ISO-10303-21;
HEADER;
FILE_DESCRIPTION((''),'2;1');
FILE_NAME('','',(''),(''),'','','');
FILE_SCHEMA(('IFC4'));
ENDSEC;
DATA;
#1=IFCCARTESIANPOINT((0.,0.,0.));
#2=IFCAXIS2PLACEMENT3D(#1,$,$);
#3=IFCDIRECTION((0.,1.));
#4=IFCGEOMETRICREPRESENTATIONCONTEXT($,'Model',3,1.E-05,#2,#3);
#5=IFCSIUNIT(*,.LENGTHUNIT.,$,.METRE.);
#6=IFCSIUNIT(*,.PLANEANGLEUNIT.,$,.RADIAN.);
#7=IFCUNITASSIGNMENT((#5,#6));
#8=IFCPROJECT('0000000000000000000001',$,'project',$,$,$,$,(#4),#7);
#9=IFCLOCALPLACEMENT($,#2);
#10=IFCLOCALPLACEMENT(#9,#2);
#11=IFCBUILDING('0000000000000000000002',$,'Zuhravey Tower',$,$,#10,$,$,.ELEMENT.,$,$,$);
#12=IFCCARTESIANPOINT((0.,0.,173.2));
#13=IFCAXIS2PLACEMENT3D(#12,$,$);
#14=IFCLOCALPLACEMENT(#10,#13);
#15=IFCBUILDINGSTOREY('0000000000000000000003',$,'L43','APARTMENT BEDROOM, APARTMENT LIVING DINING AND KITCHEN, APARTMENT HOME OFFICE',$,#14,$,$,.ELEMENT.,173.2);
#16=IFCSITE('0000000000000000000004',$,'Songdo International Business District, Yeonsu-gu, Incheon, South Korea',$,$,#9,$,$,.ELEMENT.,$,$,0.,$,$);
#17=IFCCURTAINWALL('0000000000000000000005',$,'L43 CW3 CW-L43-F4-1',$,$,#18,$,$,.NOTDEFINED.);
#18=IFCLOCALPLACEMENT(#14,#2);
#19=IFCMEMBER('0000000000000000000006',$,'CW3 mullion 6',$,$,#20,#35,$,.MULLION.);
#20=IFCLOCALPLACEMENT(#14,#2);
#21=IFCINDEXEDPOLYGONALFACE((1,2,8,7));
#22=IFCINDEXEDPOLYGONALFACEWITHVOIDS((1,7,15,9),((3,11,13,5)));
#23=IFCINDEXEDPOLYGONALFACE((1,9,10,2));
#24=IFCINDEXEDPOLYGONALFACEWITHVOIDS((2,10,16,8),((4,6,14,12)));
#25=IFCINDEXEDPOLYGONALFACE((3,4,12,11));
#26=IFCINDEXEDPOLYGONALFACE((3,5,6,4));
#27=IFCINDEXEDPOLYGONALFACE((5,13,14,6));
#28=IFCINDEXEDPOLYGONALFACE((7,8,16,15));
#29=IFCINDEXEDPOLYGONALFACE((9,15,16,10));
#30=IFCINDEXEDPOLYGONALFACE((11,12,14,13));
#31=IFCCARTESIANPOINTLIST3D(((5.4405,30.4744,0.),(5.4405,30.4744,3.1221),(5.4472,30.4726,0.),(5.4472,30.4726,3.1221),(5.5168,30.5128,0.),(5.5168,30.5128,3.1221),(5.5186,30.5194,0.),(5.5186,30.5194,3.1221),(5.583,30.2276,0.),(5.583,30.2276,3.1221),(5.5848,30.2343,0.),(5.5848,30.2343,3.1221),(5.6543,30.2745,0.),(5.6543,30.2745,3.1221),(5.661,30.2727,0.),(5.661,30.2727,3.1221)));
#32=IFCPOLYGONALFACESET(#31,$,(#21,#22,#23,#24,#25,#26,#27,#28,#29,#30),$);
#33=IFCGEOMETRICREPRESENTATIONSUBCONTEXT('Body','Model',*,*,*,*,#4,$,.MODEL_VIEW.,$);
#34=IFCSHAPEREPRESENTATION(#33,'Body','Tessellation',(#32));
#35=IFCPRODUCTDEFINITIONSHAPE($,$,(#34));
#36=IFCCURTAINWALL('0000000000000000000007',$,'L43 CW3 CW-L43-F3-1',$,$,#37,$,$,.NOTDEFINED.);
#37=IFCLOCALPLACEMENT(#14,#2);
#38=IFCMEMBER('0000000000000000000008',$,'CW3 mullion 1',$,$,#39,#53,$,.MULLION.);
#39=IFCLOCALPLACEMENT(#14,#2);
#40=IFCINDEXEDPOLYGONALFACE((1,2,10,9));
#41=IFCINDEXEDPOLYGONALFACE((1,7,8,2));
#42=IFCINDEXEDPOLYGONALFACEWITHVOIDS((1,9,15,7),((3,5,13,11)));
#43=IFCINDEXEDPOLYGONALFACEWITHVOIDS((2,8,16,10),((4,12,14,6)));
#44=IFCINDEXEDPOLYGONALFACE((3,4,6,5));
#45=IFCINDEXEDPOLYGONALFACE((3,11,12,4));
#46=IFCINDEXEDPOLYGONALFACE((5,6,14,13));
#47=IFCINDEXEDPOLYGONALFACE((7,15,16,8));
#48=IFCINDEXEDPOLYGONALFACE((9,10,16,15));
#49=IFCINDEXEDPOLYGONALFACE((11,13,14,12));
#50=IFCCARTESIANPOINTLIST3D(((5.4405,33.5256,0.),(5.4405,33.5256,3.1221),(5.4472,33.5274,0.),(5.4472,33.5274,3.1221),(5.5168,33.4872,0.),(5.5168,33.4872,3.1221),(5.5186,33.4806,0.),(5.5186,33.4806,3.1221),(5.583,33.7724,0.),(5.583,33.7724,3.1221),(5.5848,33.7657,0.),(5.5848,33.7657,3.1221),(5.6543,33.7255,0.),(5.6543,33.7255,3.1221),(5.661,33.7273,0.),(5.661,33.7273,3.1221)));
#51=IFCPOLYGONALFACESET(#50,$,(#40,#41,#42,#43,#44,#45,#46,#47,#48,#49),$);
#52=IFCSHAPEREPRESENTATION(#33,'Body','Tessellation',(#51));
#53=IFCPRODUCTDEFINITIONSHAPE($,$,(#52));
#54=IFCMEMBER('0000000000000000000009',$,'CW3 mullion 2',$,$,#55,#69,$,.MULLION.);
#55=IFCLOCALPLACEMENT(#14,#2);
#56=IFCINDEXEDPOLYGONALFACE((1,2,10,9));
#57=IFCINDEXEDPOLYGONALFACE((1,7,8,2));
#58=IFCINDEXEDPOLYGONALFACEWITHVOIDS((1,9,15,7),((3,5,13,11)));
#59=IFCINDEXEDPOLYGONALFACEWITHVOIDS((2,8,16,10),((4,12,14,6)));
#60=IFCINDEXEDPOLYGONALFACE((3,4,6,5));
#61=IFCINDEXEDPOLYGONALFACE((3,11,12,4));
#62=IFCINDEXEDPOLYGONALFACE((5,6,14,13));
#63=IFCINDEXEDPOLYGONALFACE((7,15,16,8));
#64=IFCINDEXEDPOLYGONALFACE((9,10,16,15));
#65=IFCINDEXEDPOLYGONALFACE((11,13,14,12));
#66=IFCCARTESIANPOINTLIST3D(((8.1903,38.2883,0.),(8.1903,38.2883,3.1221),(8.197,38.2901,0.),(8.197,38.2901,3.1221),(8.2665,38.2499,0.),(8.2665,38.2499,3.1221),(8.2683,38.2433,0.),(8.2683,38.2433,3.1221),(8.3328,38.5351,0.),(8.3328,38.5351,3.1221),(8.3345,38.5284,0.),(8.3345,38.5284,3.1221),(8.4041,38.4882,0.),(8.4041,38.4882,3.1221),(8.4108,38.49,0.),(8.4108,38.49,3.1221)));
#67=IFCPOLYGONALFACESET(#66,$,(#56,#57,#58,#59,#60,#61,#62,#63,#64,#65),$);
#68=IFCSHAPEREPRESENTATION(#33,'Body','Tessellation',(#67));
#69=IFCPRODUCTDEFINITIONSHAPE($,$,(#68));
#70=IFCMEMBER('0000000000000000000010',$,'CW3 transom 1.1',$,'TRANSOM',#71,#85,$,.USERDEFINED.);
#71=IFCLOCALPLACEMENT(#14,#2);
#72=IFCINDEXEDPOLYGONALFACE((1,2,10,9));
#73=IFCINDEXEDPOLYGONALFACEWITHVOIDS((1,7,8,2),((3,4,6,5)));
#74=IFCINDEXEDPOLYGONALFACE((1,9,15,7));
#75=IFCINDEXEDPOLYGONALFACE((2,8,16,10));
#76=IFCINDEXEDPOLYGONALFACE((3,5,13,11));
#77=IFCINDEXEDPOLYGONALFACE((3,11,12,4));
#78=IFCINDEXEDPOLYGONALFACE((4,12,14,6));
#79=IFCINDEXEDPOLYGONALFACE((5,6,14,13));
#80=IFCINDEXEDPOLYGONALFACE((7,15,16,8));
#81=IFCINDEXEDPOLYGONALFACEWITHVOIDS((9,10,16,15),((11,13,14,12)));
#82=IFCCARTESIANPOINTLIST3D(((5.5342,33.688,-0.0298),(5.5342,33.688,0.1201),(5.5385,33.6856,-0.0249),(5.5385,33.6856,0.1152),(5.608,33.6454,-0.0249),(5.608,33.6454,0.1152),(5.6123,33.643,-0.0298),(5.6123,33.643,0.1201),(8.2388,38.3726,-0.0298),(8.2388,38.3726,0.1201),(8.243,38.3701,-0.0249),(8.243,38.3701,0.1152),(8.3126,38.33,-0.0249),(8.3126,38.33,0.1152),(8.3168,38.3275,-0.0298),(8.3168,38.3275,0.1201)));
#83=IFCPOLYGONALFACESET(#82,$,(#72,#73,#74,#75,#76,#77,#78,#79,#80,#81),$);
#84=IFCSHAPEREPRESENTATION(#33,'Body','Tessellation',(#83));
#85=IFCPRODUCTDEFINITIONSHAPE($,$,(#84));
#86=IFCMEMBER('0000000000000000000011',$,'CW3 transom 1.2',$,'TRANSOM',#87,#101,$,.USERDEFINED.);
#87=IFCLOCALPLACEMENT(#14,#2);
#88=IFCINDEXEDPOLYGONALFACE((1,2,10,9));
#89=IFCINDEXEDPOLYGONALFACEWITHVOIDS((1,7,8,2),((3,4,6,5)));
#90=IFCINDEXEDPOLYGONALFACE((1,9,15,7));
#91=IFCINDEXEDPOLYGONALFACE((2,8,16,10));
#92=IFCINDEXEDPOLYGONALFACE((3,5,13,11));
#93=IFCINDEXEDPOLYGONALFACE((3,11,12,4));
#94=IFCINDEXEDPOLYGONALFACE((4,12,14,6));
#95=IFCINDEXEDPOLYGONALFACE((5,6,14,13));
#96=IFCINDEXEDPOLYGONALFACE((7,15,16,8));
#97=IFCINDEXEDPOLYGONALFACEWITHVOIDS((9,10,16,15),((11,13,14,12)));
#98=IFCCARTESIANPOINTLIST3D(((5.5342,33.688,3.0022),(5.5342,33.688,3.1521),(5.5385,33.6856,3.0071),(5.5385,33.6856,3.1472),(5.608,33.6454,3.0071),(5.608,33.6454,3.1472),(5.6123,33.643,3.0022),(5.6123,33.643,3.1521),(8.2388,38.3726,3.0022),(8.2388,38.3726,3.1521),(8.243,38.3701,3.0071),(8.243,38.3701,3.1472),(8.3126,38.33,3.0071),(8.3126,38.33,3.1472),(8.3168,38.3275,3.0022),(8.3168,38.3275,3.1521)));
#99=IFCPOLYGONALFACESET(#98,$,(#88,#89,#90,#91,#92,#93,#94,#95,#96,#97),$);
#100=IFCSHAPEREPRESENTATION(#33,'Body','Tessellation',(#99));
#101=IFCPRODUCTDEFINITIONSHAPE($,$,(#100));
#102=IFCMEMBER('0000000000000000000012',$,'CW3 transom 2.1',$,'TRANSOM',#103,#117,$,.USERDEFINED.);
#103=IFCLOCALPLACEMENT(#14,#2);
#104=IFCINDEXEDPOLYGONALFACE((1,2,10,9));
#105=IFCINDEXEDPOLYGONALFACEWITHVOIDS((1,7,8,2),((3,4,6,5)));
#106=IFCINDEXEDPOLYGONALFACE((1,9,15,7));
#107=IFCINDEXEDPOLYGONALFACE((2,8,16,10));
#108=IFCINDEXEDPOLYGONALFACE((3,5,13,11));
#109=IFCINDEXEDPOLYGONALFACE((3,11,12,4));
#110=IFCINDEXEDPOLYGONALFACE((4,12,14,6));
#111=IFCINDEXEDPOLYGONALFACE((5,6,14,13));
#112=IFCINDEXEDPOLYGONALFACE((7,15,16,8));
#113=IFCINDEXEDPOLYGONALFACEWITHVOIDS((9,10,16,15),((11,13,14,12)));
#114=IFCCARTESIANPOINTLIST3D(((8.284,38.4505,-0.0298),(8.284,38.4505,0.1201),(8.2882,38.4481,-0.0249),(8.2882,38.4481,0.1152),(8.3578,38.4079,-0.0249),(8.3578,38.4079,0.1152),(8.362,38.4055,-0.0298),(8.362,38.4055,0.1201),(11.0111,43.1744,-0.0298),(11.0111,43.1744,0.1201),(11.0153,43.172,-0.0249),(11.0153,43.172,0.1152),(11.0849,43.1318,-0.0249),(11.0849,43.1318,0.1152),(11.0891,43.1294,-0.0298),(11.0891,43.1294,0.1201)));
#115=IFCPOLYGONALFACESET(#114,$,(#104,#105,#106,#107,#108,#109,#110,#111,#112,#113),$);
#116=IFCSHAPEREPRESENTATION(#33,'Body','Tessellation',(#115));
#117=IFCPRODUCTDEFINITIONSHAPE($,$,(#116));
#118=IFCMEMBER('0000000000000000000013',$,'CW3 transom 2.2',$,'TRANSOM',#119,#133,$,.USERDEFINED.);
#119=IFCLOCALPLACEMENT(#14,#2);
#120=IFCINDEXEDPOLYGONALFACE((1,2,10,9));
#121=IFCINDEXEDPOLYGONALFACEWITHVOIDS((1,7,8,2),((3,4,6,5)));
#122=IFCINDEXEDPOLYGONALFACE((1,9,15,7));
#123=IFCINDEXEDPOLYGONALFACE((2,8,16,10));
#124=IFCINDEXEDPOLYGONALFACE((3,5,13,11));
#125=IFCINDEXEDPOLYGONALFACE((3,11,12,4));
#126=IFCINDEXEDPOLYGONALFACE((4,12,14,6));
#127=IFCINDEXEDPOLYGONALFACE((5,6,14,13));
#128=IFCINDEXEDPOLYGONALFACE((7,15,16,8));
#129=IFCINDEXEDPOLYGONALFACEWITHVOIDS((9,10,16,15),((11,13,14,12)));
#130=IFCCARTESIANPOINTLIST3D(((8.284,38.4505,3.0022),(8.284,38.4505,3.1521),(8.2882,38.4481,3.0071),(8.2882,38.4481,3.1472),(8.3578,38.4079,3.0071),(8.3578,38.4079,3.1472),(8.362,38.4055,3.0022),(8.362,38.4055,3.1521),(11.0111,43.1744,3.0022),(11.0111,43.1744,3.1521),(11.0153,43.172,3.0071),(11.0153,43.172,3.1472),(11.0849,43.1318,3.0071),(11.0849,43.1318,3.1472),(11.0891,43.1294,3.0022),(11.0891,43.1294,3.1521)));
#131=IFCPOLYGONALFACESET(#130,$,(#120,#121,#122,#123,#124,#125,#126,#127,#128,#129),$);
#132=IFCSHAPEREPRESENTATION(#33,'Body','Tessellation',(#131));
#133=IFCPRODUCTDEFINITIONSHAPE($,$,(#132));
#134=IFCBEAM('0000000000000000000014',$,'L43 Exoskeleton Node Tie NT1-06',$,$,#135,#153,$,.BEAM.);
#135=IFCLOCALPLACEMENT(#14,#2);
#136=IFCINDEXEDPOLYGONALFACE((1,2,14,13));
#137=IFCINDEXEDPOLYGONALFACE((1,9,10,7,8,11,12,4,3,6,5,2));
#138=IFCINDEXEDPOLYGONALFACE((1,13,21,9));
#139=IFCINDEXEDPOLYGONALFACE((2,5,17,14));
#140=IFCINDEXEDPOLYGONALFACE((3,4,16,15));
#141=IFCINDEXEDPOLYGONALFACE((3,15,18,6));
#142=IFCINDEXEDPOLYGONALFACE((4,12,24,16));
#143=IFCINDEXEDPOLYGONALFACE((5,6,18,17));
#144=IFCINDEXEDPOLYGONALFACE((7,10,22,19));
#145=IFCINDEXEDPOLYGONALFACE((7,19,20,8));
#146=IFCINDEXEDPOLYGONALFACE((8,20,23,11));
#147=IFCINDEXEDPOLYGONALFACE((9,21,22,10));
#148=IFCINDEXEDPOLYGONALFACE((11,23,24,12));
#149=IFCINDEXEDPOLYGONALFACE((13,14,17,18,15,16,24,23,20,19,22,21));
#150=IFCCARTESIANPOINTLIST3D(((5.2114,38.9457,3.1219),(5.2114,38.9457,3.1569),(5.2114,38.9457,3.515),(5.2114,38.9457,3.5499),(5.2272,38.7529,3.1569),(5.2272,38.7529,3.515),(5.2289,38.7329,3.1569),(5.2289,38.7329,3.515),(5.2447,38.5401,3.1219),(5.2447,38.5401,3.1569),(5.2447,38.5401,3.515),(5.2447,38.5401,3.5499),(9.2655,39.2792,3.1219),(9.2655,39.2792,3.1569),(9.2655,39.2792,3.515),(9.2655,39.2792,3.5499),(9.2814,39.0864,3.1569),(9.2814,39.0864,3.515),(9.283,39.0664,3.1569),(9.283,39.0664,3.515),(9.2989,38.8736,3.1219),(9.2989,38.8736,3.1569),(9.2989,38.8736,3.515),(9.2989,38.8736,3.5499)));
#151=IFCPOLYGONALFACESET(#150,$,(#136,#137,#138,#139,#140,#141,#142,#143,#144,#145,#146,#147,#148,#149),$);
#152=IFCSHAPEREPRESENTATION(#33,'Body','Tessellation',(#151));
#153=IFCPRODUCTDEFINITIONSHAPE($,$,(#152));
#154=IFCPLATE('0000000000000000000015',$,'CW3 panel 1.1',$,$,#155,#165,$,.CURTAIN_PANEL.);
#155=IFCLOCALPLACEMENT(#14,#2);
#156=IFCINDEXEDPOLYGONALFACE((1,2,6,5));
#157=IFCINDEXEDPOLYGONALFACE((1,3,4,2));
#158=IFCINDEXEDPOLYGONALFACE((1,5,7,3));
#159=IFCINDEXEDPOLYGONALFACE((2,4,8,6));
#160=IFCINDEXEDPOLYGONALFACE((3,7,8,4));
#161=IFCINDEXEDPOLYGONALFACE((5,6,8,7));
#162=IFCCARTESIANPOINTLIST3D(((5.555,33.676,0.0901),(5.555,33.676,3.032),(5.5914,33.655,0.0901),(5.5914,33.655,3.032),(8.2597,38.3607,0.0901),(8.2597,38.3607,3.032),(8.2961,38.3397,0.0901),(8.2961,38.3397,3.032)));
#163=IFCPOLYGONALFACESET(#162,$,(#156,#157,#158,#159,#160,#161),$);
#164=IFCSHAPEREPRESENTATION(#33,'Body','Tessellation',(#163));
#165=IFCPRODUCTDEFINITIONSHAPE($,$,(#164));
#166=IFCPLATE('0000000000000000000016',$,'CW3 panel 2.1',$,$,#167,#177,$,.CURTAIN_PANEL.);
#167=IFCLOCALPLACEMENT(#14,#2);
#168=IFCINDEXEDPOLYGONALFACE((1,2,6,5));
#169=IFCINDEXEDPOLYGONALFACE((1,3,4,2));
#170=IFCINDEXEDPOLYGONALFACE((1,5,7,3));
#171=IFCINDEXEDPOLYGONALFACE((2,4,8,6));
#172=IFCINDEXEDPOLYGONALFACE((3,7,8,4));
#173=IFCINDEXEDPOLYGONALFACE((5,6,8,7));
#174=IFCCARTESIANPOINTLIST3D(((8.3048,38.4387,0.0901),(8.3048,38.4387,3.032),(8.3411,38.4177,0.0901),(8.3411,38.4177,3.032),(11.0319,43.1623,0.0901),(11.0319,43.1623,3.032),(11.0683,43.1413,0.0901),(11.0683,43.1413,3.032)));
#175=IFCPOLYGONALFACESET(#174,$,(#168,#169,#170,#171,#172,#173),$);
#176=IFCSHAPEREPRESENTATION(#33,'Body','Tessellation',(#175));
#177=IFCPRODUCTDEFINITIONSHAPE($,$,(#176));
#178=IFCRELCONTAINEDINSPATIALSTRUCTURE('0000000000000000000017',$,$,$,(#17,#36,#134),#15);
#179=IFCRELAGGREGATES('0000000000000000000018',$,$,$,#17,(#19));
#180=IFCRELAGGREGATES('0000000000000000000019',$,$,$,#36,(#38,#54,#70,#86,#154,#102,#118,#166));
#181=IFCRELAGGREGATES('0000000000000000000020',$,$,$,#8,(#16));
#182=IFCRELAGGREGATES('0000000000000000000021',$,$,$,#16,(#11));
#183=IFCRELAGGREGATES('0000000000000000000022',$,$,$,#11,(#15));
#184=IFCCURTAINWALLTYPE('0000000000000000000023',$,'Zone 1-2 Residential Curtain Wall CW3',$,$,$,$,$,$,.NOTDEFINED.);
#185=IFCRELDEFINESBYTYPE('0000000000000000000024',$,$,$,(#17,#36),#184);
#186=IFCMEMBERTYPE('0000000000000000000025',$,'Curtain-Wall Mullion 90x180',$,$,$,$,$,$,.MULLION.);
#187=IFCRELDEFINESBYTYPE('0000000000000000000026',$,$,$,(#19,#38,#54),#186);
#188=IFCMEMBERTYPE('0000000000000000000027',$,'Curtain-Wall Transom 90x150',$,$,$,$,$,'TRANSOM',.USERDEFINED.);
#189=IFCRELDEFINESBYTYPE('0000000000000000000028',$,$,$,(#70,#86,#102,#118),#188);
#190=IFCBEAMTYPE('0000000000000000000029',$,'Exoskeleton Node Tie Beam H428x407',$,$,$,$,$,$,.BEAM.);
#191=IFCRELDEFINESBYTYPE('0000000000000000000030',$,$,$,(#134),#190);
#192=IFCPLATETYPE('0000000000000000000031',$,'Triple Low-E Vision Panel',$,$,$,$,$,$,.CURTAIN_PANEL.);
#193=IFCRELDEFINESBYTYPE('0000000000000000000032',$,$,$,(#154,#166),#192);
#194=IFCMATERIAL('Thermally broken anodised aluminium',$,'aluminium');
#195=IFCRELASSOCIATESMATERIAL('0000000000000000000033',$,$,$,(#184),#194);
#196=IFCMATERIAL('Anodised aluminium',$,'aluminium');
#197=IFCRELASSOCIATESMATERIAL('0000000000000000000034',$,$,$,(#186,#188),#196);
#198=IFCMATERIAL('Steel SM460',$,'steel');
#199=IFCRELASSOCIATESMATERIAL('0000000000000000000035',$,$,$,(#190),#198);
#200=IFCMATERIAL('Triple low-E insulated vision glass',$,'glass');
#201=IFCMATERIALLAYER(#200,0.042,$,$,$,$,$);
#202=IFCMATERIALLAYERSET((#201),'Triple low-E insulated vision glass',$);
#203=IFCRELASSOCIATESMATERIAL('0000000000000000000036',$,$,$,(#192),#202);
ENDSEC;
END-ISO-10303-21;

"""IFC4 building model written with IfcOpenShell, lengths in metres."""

from ifc_helpers import new_model, si_unit, direction, frame, origin, origin_2d, place, context, subcontext, project, spatial, rectangle, hollow_rectangle, i_section, extrude, material, layer, layer_set, material_profile, profile_set, type_object, element, aggregate, save


model = new_model("IFC4")

# Units and contexts
model_context = context("Model", 3, precision=1e-05, world=origin(), true_north=direction((0.0, 1.0)))
body_context = subcontext(model_context, "Body", "Model", "MODEL_VIEW")
ifc_project = project(units=[si_unit("LENGTHUNIT", "METRE"), si_unit("PLANEANGLEUNIT", "RADIAN")], contexts=[model_context])

# Site, building, storey
site_placement = place(None, origin())
site = spatial("IfcSite", under=ifc_project, at=site_placement, Name="Songdo International Business District, Yeonsu-gu, Incheon, South Korea", CompositionType="ELEMENT", RefElevation=0.0)
building_placement = place(site_placement, origin())
building = spatial("IfcBuilding", under=site, at=building_placement, Name="Zuhravey Tower", CompositionType="ELEMENT")
storey_placement = place(building_placement, frame((0.0, 0.0, 173.2)))
storey = spatial("IfcBuildingStorey", under=building, at=storey_placement, Name="L43", Description="APARTMENT BEDROOM, APARTMENT LIVING DINING AND KITCHEN, APARTMENT HOME OFFICE", CompositionType="ELEMENT", Elevation=173.2)

# Curtain wall, member
ifc_material_1 = material(Name="Thermally broken anodised aluminium", Category="aluminium")
curtain_wall_type = type_object("IfcCurtainWallType", Name="Zone 1-2 Residential Curtain Wall CW3", PredefinedType="NOTDEFINED", material=ifc_material_1)
curtain_wall_1_placement = place(storey_placement, origin())
curtain_wall_1 = element("IfcCurtainWall", 1, at=curtain_wall_1_placement, inside=storey, type_object=curtain_wall_type, Name="L43 CW3 CW-L43-F4-1", PredefinedType="NOTDEFINED")
ifc_material_2 = material(Name="Anodised aluminium", Category="aluminium")
ifc_material_profile_1 = material_profile(ifc_material_2, hollow_rectangle(XDim=0.0901, YDim=0.2849, WallThickness=0.0049, at=origin_2d()), Name="ALU-RHS-90x285x5")
ifc_profile_set_1 = profile_set([ifc_material_profile_1], Name="Anodised aluminium")
member_type_1 = type_object("IfcMemberType", Name="Curtain-Wall Mullion 90x180", PredefinedType="MULLION", material=ifc_profile_set_1)
member_1_placement = place(storey_placement, frame((5.5508, 30.3735, 0.0), z_axis=(0.0, 0.0, 1.0), x_axis=(-0.866025, -0.5, 0.0)))
member_1 = element("IfcMember", 2, at=member_1_placement, type_object=member_type_1, Name="CW3 mullion 6", PredefinedType="MULLION", context=body_context, shape_type="SweptSolid", body=[
    extrude(hollow_rectangle(XDim=0.0901, YDim=0.2849, WallThickness=0.0049, at=origin_2d()), origin(), (0.0, 0.0, 1.0), 3.1221),
])
aggregate(curtain_wall_1, [member_1])

# Curtain wall, members
curtain_wall_2_placement = place(storey_placement, origin())
curtain_wall_2 = element("IfcCurtainWall", 3, at=curtain_wall_2_placement, inside=storey, type_object=curtain_wall_type, Name="L43 CW3 CW-L43-F3-1", PredefinedType="NOTDEFINED")
member_2_placement = place(storey_placement, frame((5.5508, 33.6265, 0.0), z_axis=(0.0, 0.0, 1.0), x_axis=(-0.866025, 0.5, 0.0)))
member_2 = element("IfcMember", 4, at=member_2_placement, type_object=member_type_1, Name="CW3 mullion 1", PredefinedType="MULLION", context=body_context, shape_type="SweptSolid", body=[
    extrude(hollow_rectangle(XDim=0.0901, YDim=0.2849, WallThickness=0.0049, at=origin_2d()), origin(), (0.0, 0.0, 1.0), 3.1221),
])
member_3_placement = place(storey_placement, frame((8.3005, 38.3892, 0.0), z_axis=(0.0, 0.0, 1.0), x_axis=(-0.866025, 0.5, 0.0)))
member_3 = element("IfcMember", 5, at=member_3_placement, type_object=member_type_1, Name="CW3 mullion 2", PredefinedType="MULLION", context=body_context, shape_type="SweptSolid", body=[
    extrude(hollow_rectangle(XDim=0.0901, YDim=0.2849, WallThickness=0.0049, at=origin_2d()), origin(), (0.0, 0.0, 1.0), 3.1221),
])
ifc_material_profile_2 = material_profile(ifc_material_2, hollow_rectangle(XDim=0.0901, YDim=0.1499, WallThickness=0.0049, at=origin_2d()), Name="ALU-RHS-90x150x5")
ifc_profile_set_2 = profile_set([ifc_material_profile_2], Name="Anodised aluminium")
member_type_2 = type_object("IfcMemberType", Name="Curtain-Wall Transom 90x150", ElementType="TRANSOM", PredefinedType="USERDEFINED", material=ifc_profile_set_2)
member_4_placement = place(storey_placement, frame((5.5732, 33.6655, 0.0452), z_axis=(0.499993, 0.866029, 0.0), x_axis=(-0.866029, 0.499993, 0.0)))
member_4 = element("IfcMember", 6, at=member_4_placement, type_object=member_type_2, Name="CW3 transom 1.1", ObjectType="TRANSOM", PredefinedType="USERDEFINED", context=body_context, shape_type="SweptSolid", body=[
    extrude(hollow_rectangle(XDim=0.0901, YDim=0.1499, WallThickness=0.0049, at=origin_2d()), origin(), (0.0, 0.0, 1.0), 5.4092),
])
member_5_placement = place(storey_placement, frame((5.5732, 33.6655, 3.0771), z_axis=(0.499993, 0.866029, 0.0), x_axis=(-0.866029, 0.499993, 0.0)))
member_5 = element("IfcMember", 7, at=member_5_placement, type_object=member_type_2, Name="CW3 transom 1.2", ObjectType="TRANSOM", PredefinedType="USERDEFINED", context=body_context, shape_type="SweptSolid", body=[
    extrude(hollow_rectangle(XDim=0.0901, YDim=0.1499, WallThickness=0.0049, at=origin_2d()), origin(), (0.0, 0.0, 1.0), 5.4092),
])
member_6_placement = place(storey_placement, frame((8.323, 38.428, 0.0452), z_axis=(0.499961, 0.866048, 0.0), x_axis=(-0.866048, 0.499961, 0.0)))
member_6 = element("IfcMember", 8, at=member_6_placement, type_object=member_type_2, Name="CW3 transom 2.1", ObjectType="TRANSOM", PredefinedType="USERDEFINED", context=body_context, shape_type="SweptSolid", body=[
    extrude(hollow_rectangle(XDim=0.0901, YDim=0.1499, WallThickness=0.0049, at=origin_2d()), origin(), (0.0, 0.0, 1.0), 5.4546),
])
member_7_placement = place(storey_placement, frame((8.323, 38.428, 3.0771), z_axis=(0.499961, 0.866048, 0.0), x_axis=(-0.866048, 0.499961, 0.0)))
member_7 = element("IfcMember", 9, at=member_7_placement, type_object=member_type_2, Name="CW3 transom 2.2", ObjectType="TRANSOM", PredefinedType="USERDEFINED", context=body_context, shape_type="SweptSolid", body=[
    extrude(hollow_rectangle(XDim=0.0901, YDim=0.1499, WallThickness=0.0049, at=origin_2d()), origin(), (0.0, 0.0, 1.0), 5.4546),
])

# Beam
ifc_material_3 = material(Name="Steel SM460", Category="steel")
ifc_material_profile_3 = material_profile(ifc_material_3, i_section(OverallWidth=0.407, OverallDepth=0.428, WebThickness=0.02, FlangeThickness=0.0349, at=origin_2d()), Name="H-428x407x20x35")
ifc_profile_set_3 = profile_set([ifc_material_profile_3], Name="Steel SM460")
beam_type = type_object("IfcBeamType", Name="Exoskeleton Node Tie Beam H428x407", PredefinedType="BEAM", material=ifc_profile_set_3)
beam_placement = place(storey_placement, frame((9.2822, 39.0764, 3.3359), z_axis=(-0.996634, -0.081983, 0.0), x_axis=(0.081983, -0.996634, 0.0)))
element("IfcBeam", 10, at=beam_placement, inside=storey, type_object=beam_type, Name="L43 Exoskeleton Node Tie NT1-06", PredefinedType="BEAM", context=body_context, shape_type="SweptSolid", body=[
    extrude(i_section(OverallWidth=0.407, OverallDepth=0.428, WebThickness=0.02, FlangeThickness=0.0349, at=origin_2d()), origin(), (0.0, 0.0, 1.0), 4.0679),
])

# Plates
ifc_material_4 = material(Name="Triple low-E insulated vision glass", Category="glass")
ifc_layer_1 = layer(ifc_material_4, 0.042)
ifc_layer_set_1 = layer_set([ifc_layer_1], Name="Triple low-E insulated vision glass")
plate_type = type_object("IfcPlateType", Name="Triple Low-E Vision Panel", PredefinedType="CURTAIN_PANEL", material=ifc_layer_set_1)
plate_1_placement = place(storey_placement, frame((6.9255, 36.0078, 0.0901), z_axis=(0.0, 0.0, 1.0), x_axis=(0.5, 0.866025, 0.0)))
plate_1 = element("IfcPlate", 11, at=plate_1_placement, type_object=plate_type, Name="CW3 panel 1.1", PredefinedType="CURTAIN_PANEL", context=body_context, shape_type="SweptSolid", body=[
    extrude(rectangle(XDim=5.4094, YDim=0.042, at=origin_2d()), origin(), (0.0, 0.0, 1.0), 2.9419),
])
plate_2_placement = place(storey_placement, frame((9.6865, 40.79, 0.0901), z_axis=(0.0, 0.0, 1.0), x_axis=(0.5, 0.866025, 0.0)))
plate_2 = element("IfcPlate", 12, at=plate_2_placement, type_object=plate_type, Name="CW3 panel 2.1", PredefinedType="CURTAIN_PANEL", context=body_context, shape_type="SweptSolid", body=[
    extrude(rectangle(XDim=5.4543, YDim=0.042, at=origin_2d()), origin(), (0.0, 0.0, 1.0), 2.9419),
])
aggregate(curtain_wall_2, [member_2, member_3, member_4, member_5, plate_1, member_6, member_7, plate_2])

save(model, "model.ifc")
